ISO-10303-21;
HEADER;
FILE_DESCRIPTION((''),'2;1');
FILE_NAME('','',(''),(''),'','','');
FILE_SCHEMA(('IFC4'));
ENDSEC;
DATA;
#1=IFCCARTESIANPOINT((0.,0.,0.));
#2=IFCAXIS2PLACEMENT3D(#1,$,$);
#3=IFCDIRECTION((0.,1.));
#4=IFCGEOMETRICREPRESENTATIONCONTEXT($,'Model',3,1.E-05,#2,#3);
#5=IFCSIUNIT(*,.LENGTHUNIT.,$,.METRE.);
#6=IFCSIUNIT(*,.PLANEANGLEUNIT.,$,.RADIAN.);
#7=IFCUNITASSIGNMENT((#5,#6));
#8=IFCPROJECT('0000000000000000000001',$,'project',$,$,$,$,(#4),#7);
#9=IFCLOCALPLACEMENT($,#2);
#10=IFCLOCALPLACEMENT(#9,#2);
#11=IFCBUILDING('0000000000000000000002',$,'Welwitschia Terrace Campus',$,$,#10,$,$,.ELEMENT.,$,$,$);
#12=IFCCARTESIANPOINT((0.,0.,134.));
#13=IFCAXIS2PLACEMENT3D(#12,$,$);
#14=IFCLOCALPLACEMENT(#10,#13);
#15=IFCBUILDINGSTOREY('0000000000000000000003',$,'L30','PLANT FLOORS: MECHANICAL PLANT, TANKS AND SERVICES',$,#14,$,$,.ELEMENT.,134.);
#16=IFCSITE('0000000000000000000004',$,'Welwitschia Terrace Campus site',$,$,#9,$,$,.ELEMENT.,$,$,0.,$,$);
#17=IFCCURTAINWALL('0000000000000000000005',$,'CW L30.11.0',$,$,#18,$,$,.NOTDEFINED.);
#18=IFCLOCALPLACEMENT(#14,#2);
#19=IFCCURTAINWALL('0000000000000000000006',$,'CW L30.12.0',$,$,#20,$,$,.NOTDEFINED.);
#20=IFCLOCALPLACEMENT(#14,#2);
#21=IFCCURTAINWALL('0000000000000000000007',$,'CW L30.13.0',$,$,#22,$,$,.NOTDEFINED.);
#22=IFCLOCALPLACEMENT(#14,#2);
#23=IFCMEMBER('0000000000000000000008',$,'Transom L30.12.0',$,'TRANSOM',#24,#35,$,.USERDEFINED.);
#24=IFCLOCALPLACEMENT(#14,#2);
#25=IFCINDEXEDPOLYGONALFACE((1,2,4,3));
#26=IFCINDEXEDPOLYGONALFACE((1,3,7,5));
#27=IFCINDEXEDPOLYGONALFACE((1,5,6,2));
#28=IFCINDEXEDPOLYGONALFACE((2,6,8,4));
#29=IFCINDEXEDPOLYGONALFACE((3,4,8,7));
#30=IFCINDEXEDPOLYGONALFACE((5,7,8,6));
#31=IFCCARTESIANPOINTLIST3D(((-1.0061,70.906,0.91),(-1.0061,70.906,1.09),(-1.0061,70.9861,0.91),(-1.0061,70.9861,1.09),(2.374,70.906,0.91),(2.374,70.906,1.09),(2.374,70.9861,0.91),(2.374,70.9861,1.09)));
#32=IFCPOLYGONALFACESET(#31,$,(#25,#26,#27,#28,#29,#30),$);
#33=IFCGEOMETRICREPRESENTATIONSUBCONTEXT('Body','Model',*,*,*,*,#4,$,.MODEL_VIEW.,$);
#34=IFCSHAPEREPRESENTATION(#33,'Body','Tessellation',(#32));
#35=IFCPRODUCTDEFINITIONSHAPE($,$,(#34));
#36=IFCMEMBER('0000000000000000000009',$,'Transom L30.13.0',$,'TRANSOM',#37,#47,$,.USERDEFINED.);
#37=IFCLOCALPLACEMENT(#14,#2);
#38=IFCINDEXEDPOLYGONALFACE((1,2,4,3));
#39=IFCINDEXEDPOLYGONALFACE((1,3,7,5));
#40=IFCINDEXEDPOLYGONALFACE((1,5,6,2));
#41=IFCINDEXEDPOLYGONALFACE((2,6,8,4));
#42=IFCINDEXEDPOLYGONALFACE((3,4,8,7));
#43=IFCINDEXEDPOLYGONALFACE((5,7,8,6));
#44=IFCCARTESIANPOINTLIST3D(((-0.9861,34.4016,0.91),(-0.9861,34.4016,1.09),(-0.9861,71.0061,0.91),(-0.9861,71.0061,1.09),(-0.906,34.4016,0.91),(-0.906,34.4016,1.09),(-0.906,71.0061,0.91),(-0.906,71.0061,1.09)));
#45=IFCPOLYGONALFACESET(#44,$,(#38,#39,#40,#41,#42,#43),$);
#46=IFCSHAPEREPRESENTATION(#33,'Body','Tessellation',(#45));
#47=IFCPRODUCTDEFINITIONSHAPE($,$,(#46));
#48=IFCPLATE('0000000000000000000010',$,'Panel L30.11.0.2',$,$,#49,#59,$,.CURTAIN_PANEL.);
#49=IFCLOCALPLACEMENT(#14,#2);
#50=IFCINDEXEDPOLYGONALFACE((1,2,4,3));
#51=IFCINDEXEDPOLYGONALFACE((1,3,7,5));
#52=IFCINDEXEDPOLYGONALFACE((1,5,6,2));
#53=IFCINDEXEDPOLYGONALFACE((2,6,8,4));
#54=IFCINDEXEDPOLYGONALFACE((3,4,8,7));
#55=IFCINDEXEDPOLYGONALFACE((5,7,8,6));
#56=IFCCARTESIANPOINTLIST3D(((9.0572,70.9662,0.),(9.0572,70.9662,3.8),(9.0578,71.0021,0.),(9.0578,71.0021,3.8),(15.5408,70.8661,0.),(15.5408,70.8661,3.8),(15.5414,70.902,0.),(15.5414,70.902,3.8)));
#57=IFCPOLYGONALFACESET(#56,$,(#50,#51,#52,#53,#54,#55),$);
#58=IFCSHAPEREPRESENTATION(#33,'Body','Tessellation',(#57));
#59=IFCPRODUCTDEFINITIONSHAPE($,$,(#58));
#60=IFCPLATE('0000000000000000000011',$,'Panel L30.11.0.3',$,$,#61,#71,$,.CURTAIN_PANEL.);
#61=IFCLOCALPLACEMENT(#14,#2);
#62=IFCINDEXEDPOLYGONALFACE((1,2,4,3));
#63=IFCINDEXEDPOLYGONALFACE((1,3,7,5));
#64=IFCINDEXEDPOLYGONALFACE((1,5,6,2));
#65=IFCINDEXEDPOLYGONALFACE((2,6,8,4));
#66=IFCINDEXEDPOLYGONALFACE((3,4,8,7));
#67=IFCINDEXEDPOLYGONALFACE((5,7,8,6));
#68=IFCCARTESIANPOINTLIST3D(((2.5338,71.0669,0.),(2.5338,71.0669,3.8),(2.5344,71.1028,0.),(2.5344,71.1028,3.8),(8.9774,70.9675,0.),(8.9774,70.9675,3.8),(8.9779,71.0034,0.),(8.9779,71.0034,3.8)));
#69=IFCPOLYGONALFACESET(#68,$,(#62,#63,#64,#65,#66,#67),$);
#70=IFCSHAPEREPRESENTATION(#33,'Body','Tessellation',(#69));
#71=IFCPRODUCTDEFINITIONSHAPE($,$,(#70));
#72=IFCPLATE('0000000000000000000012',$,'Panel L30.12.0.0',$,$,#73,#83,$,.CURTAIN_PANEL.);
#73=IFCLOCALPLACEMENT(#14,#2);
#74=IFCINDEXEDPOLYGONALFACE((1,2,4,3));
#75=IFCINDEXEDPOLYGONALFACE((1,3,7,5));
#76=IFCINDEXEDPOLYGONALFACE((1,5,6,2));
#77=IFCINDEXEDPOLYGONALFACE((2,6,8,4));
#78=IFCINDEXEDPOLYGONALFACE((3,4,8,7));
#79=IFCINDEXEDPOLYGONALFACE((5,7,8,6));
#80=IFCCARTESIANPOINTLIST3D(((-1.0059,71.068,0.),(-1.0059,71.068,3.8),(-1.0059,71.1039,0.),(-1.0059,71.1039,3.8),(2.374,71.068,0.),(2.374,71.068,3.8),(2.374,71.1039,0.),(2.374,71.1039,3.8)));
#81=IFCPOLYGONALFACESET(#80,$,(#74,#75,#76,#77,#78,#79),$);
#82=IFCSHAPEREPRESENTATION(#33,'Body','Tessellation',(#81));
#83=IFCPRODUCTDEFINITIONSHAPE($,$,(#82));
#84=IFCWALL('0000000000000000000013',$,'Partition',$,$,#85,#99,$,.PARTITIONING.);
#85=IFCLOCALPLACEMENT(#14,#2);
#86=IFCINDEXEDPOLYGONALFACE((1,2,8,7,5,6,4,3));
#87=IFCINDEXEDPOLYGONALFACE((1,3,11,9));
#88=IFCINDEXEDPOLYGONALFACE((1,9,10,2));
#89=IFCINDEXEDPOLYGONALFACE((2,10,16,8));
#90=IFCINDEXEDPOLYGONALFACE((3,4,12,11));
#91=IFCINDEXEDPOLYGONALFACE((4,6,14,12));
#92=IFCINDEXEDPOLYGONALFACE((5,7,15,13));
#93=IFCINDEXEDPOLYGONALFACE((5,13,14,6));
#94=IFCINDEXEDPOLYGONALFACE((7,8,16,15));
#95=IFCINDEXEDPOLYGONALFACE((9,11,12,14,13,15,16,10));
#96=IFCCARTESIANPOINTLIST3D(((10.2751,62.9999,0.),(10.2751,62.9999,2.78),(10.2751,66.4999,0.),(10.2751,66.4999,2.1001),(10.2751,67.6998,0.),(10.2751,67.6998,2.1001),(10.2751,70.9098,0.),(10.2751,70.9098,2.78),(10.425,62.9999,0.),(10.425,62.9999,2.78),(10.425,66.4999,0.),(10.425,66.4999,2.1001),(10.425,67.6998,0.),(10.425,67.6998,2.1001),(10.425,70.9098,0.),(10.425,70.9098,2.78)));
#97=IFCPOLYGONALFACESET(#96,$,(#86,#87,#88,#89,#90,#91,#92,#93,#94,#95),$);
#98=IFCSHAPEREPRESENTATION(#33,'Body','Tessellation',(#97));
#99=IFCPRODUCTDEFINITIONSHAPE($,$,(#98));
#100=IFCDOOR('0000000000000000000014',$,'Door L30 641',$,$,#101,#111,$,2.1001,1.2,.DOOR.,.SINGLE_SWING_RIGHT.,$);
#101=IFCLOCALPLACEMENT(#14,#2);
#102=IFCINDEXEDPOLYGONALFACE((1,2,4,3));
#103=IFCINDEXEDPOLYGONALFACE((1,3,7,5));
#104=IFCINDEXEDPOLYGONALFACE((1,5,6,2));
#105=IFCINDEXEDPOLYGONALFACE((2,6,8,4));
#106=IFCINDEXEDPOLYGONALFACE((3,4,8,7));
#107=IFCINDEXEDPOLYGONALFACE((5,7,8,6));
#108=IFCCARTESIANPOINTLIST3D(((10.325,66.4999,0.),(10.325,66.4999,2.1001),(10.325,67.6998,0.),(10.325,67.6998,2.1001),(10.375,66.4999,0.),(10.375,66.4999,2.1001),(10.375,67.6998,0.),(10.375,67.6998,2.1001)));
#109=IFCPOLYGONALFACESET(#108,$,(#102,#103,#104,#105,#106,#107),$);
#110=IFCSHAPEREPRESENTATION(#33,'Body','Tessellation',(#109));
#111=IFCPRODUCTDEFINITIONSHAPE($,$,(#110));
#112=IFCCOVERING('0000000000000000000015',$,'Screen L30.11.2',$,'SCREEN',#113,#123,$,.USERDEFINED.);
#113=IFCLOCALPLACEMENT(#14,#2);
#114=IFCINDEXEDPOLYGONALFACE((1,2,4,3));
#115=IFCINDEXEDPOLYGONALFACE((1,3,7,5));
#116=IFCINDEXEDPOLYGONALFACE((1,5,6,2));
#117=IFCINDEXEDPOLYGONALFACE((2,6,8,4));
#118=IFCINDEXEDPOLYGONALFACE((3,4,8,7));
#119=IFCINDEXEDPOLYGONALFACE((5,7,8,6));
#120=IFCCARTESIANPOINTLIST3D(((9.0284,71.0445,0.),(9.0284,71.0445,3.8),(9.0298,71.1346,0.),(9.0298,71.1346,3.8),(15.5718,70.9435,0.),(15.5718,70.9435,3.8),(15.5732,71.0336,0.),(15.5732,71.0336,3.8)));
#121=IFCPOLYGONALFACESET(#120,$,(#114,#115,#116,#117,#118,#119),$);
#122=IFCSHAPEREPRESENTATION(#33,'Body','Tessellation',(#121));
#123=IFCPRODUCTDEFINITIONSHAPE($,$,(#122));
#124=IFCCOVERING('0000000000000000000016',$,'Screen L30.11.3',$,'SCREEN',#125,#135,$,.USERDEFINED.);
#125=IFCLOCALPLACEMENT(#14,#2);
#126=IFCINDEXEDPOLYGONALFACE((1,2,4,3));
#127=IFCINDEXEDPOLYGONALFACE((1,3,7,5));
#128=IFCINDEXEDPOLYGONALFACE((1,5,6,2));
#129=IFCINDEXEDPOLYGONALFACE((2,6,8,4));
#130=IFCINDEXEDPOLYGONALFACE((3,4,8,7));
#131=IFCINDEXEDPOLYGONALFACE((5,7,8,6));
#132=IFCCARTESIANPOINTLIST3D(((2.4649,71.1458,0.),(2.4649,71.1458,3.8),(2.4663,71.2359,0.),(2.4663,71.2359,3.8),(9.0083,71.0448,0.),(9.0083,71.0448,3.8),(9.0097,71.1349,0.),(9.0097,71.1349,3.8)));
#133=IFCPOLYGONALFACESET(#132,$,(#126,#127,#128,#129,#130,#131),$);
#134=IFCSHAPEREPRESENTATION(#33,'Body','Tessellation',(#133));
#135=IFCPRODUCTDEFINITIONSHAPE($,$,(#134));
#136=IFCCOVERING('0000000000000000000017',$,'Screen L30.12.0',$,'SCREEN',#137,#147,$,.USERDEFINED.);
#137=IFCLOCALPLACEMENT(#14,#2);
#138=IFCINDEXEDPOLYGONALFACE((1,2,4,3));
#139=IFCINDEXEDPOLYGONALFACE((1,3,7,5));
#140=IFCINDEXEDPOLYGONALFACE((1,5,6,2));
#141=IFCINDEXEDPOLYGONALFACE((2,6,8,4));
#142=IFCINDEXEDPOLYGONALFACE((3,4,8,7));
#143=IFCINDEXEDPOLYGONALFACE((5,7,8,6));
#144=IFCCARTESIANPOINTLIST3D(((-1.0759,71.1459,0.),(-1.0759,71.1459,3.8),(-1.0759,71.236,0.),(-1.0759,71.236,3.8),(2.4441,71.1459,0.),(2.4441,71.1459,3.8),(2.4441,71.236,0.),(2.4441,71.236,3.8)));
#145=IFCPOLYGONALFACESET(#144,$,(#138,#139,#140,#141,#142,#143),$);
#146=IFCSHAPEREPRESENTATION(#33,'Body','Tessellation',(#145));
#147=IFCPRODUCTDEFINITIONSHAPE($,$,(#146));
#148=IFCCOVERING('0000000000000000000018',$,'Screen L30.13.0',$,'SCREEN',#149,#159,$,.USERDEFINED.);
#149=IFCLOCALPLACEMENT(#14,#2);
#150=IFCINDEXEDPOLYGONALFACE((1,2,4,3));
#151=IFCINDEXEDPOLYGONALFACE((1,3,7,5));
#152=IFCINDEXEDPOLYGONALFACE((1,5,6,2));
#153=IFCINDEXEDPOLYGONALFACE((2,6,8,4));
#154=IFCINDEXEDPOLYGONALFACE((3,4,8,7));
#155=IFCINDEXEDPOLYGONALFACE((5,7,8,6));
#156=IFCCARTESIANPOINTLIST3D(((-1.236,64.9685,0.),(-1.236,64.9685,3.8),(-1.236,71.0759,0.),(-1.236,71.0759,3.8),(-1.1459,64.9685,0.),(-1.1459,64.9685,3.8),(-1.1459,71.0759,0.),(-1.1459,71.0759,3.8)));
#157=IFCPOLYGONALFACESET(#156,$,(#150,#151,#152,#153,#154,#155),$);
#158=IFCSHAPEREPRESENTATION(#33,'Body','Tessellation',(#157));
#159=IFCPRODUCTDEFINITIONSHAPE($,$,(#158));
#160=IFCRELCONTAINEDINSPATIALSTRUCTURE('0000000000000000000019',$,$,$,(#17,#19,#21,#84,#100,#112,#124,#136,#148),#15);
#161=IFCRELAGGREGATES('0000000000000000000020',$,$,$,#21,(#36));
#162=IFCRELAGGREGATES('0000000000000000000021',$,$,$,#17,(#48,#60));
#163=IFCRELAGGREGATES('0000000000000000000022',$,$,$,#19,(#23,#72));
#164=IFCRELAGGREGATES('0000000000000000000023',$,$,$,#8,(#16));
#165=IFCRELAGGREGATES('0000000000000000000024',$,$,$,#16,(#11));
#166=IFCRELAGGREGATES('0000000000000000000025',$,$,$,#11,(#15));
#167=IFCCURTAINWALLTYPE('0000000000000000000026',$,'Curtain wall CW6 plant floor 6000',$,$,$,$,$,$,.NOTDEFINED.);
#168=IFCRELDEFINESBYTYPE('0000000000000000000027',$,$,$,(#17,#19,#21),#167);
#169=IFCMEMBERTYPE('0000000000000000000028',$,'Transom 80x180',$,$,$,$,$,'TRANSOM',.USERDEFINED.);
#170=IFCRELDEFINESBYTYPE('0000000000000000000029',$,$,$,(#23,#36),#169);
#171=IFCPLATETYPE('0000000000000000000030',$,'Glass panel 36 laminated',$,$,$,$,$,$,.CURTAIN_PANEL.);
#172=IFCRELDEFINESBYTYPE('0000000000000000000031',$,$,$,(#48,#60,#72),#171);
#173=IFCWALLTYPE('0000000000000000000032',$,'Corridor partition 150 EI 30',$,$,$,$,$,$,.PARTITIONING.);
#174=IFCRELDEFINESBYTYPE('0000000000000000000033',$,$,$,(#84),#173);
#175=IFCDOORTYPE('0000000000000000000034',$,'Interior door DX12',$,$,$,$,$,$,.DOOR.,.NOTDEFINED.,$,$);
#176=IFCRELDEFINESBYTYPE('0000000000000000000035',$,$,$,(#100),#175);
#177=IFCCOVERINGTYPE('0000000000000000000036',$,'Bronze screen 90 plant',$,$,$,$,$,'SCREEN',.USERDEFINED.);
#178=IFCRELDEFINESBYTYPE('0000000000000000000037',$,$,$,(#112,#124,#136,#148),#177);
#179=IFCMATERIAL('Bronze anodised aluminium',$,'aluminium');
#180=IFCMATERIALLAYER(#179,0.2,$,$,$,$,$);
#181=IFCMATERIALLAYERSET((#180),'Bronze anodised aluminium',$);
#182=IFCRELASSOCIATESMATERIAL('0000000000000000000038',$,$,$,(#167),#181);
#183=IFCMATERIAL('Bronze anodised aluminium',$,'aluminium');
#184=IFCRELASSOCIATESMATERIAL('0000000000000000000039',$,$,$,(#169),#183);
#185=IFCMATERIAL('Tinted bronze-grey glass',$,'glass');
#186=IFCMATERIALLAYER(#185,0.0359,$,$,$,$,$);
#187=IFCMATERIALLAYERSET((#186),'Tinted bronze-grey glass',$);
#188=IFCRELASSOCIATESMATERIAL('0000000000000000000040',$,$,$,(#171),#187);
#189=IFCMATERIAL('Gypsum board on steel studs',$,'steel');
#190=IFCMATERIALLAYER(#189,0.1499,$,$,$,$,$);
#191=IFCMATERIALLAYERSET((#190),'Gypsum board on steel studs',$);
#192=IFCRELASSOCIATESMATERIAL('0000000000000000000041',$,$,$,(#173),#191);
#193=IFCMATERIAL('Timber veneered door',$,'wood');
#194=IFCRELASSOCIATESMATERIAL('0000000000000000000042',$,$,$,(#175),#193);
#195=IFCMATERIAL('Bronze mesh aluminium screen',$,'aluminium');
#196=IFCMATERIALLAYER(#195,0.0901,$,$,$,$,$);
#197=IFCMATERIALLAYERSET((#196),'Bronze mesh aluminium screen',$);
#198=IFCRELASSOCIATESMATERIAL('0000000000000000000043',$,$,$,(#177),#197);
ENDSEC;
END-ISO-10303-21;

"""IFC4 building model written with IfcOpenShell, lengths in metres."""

from ifc_helpers import new_model, si_unit, direction, frame, frame_2d, origin, origin_2d, place, context, subcontext, project, spatial, rectangle, extrude, material, layer, layer_set, material_profile, profile_set, type_object, element, fill, aggregate, save


model = new_model("IFC4")

# Units and contexts
model_context = context("Model", 3, precision=1e-05, world=origin(), true_north=direction((0.0, 1.0)))
body_context = subcontext(model_context, "Body", "Model", "MODEL_VIEW")
ifc_project = project(units=[si_unit("LENGTHUNIT", "METRE"), si_unit("PLANEANGLEUNIT", "RADIAN")], contexts=[model_context])

# Site, building, storey
site_placement = place(None, origin())
site = spatial("IfcSite", under=ifc_project, at=site_placement, Name="Welwitschia Terrace Campus site", CompositionType="ELEMENT", RefElevation=0.0)
building_placement = place(site_placement, origin())
building = spatial("IfcBuilding", under=site, at=building_placement, Name="Welwitschia Terrace Campus", CompositionType="ELEMENT")
storey_placement = place(building_placement, frame((0.0, 0.0, 134.0)))
storey = spatial("IfcBuildingStorey", under=building, at=storey_placement, Name="L30", Description="PLANT FLOORS: MECHANICAL PLANT, TANKS AND SERVICES", CompositionType="ELEMENT", Elevation=134.0)

# Curtain walls
ifc_material_1 = material(Name="Bronze anodised aluminium", Category="aluminium")
ifc_layer_1 = layer(ifc_material_1, 0.2)
ifc_layer_set_1 = layer_set([ifc_layer_1], Name="Bronze anodised aluminium")
curtain_wall_type = type_object("IfcCurtainWallType", Name="Curtain wall CW6 plant floor 6000", PredefinedType="NOTDEFINED", material=ifc_layer_set_1)
curtain_wall_1_placement = place(storey_placement, origin())
curtain_wall_1 = element("IfcCurtainWall", 1, at=curtain_wall_1_placement, inside=storey, type_object=curtain_wall_type, Name="CW L30.11.0", PredefinedType="NOTDEFINED")
curtain_wall_2_placement = place(storey_placement, origin())
curtain_wall_2 = element("IfcCurtainWall", 2, at=curtain_wall_2_placement, inside=storey, type_object=curtain_wall_type, Name="CW L30.12.0", PredefinedType="NOTDEFINED")

# Curtain wall
curtain_wall_3_placement = place(storey_placement, origin())
curtain_wall_3 = element("IfcCurtainWall", 3, at=curtain_wall_3_placement, inside=storey, type_object=curtain_wall_type, Name="CW L30.13.0", PredefinedType="NOTDEFINED")

# Members
ifc_material_2 = material(Name="Bronze anodised aluminium", Category="aluminium")
ifc_material_profile_1 = material_profile(ifc_material_2, rectangle(XDim=0.0801, YDim=0.1799, at=origin_2d()))
ifc_profile_set_1 = profile_set([ifc_material_profile_1], Name="Bronze anodised aluminium")
member_type_1 = type_object("IfcMemberType", Name="Transom 80x180", ElementType="TRANSOM", PredefinedType="USERDEFINED", material=ifc_profile_set_1)
member_1_placement = place(storey_placement, frame((2.374, 70.946, 1.0), z_axis=(-1.0, 0.0, 0.0), x_axis=(0.0, -1.0, 0.0)))
member_1 = element("IfcMember", 4, at=member_1_placement, type_object=member_type_1, Name="Transom L30.12.0", ObjectType="TRANSOM", PredefinedType="USERDEFINED", context=body_context, shape_type="SweptSolid", body=[
    extrude(rectangle(XDim=0.0801, YDim=0.1799, at=origin_2d()), origin(), (0.0, 0.0, 1.0), 3.3801),
])
member_2_placement = place(storey_placement, frame((-0.946, 71.0061, 1.0), z_axis=(0.0, -1.0, 0.0), x_axis=(1.0, 0.0, 0.0)))
member_2 = element("IfcMember", 5, at=member_2_placement, type_object=member_type_1, Name="Transom L30.13.0", ObjectType="TRANSOM", PredefinedType="USERDEFINED", context=body_context, shape_type="SweptSolid", body=[
    extrude(rectangle(XDim=0.0801, YDim=0.1799, at=origin_2d()), origin(), (0.0, 0.0, 1.0), 36.6045),
])
aggregate(curtain_wall_3, [member_2])

# Plates
ifc_material_3 = material(Name="Tinted bronze-grey glass", Category="glass")
ifc_layer_2 = layer(ifc_material_3, 0.0359)
ifc_layer_set_2 = layer_set([ifc_layer_2], Name="Tinted bronze-grey glass")
plate_type = type_object("IfcPlateType", Name="Glass panel 36 laminated", PredefinedType="CURTAIN_PANEL", material=ifc_layer_set_2)
plate_1_placement = place(storey_placement, frame((12.2993, 70.9341, 0.0), z_axis=(0.0, 0.0, 1.0), x_axis=(-0.999881, 0.015433, 0.0)))
plate_1 = element("IfcPlate", 6, at=plate_1_placement, type_object=plate_type, Name="Panel L30.11.0.2", PredefinedType="CURTAIN_PANEL", context=body_context, shape_type="SweptSolid", body=[
    extrude(rectangle(XDim=6.4844, YDim=0.0359, at=origin_2d()), origin(), (0.0, 0.0, 1.0), 3.8),
])
plate_2_placement = place(storey_placement, frame((5.7559, 71.0352, 0.0), z_axis=(0.0, 0.0, 1.0), x_axis=(-0.999881, 0.015433, 0.0)))
plate_2 = element("IfcPlate", 7, at=plate_2_placement, type_object=plate_type, Name="Panel L30.11.0.3", PredefinedType="CURTAIN_PANEL", context=body_context, shape_type="SweptSolid", body=[
    extrude(rectangle(XDim=6.4443, YDim=0.0359, at=origin_2d()), origin(), (0.0, 0.0, 1.0), 3.8),
])
aggregate(curtain_wall_1, [plate_1, plate_2])
plate_3_placement = place(storey_placement, frame((0.6841, 71.0859, 0.0), z_axis=(0.0, 0.0, 1.0), x_axis=(-1.0, 0.0, 0.0)))
plate_3 = element("IfcPlate", 8, at=plate_3_placement, type_object=plate_type, Name="Panel L30.12.0.0", PredefinedType="CURTAIN_PANEL", context=body_context, shape_type="SweptSolid", body=[
    extrude(rectangle(XDim=3.3799, YDim=0.0359, at=origin_2d()), origin(), (0.0, 0.0, 1.0), 3.8),
])
aggregate(curtain_wall_2, [member_1, plate_3])

# Wall, opening, door
ifc_material_4 = material(Name="Gypsum board on steel studs", Category="steel")
ifc_layer_3 = layer(ifc_material_4, 0.1499)
ifc_layer_set_3 = layer_set([ifc_layer_3], Name="Gypsum board on steel studs")
wall_type = type_object("IfcWallType", Name="Corridor partition 150 EI 30", PredefinedType="PARTITIONING", material=ifc_layer_set_3)
wall_placement = place(storey_placement, frame((10.3501, 70.9099, 0.0), z_axis=(0.0, 0.0, 1.0), x_axis=(0.0, -1.0, 0.0)))
wall = element("IfcWall", 9, at=wall_placement, inside=storey, type_object=wall_type, Name="Partition", PredefinedType="PARTITIONING", context=body_context, shape_type="SweptSolid", body=[
    extrude(rectangle(XDim=7.9099, YDim=0.1499, at=frame_2d((3.9551, 0.0))), origin(), (0.0, 0.0, 1.0), 2.78),
])
opening_placement = place(wall_placement, frame((3.21, 0.0, 0.0)))
opening = element("IfcOpeningElement", 10, at=opening_placement, cuts=wall, PredefinedType="OPENING", context=body_context, shape_type="SweptSolid", body=[
    extrude(rectangle(XDim=1.2, YDim=2.1001, at=frame_2d((0.6001, 1.05))), frame((0.0, 0.085, 0.0), z_axis=(0.0, -1.0, 0.0), x_axis=(1.0, 0.0, 0.0)), (0.0, 0.0, 1.0), 0.1699),
])
ifc_material_5 = material(Name="Timber veneered door", Category="wood")
door_type = type_object("IfcDoorType", Name="Interior door DX12", OperationType="NOTDEFINED", PredefinedType="DOOR", material=ifc_material_5)
door_placement = place(opening_placement, origin())
door = element("IfcDoor", 11, at=door_placement, inside=storey, type_object=door_type, Name="Door L30 641", OperationType="SINGLE_SWING_RIGHT", OverallHeight=2.1001, OverallWidth=1.2, PredefinedType="DOOR", context=body_context, shape_type="SweptSolid", body=[
    extrude(rectangle(XDim=1.2, YDim=2.1001, at=frame_2d((0.6001, 1.05))), frame((0.0, 0.0249, 0.0), z_axis=(0.0, -1.0, 0.0), x_axis=(1.0, 0.0, 0.0)), (0.0, 0.0, 1.0), 0.05),
])
fill(opening, door)

# Coverings
ifc_material_6 = material(Name="Bronze mesh aluminium screen", Category="aluminium")
ifc_layer_4 = layer(ifc_material_6, 0.0901)
ifc_layer_set_4 = layer_set([ifc_layer_4], Name="Bronze mesh aluminium screen")
covering_type = type_object("IfcCoveringType", Name="Bronze screen 90 plant", ElementType="SCREEN", PredefinedType="USERDEFINED", material=ifc_layer_set_4)
for number, where, z_axis, x_axis, name in (
    (12, (12.3008, 71.0391, 0.0), (0.0, 0.0, 1.0), (-0.999881, 0.015433, 0.0), "Screen L30.11.2"),
    (13, (5.7373, 71.1404, 0.0), (0.0, 0.0, 1.0), (-0.999881, 0.015433, 0.0), "Screen L30.11.3"),
):
    element("IfcCovering", number, at=place(storey_placement, frame(where, z_axis=z_axis, x_axis=x_axis)), inside=storey, type_object=covering_type, Name=name, ObjectType="SCREEN", PredefinedType="USERDEFINED", context=body_context, shape_type="SweptSolid", body=[
        extrude(rectangle(XDim=6.5442, YDim=0.0901, at=origin_2d()), origin(), (0.0, 0.0, 1.0), 3.8),
    ])
covering_1_placement = place(storey_placement, frame((0.6841, 71.1909, 0.0), z_axis=(0.0, 0.0, 1.0), x_axis=(-1.0, 0.0, 0.0)))
element("IfcCovering", 14, at=covering_1_placement, inside=storey, type_object=covering_type, Name="Screen L30.12.0", ObjectType="SCREEN", PredefinedType="USERDEFINED", context=body_context, shape_type="SweptSolid", body=[
    extrude(rectangle(XDim=3.52, YDim=0.0901, at=origin_2d()), origin(), (0.0, 0.0, 1.0), 3.8),
])
covering_2_placement = place(storey_placement, frame((-1.1909, 68.0222, 0.0), z_axis=(0.0, 0.0, 1.0), x_axis=(0.0, -1.0, 0.0)))
element("IfcCovering", 15, at=covering_2_placement, inside=storey, type_object=covering_type, Name="Screen L30.13.0", ObjectType="SCREEN", PredefinedType="USERDEFINED", context=body_context, shape_type="SweptSolid", body=[
    extrude(rectangle(XDim=6.1074, YDim=0.0901, at=origin_2d()), origin(), (0.0, 0.0, 1.0), 3.8),
])

save(model, "model.ifc")
